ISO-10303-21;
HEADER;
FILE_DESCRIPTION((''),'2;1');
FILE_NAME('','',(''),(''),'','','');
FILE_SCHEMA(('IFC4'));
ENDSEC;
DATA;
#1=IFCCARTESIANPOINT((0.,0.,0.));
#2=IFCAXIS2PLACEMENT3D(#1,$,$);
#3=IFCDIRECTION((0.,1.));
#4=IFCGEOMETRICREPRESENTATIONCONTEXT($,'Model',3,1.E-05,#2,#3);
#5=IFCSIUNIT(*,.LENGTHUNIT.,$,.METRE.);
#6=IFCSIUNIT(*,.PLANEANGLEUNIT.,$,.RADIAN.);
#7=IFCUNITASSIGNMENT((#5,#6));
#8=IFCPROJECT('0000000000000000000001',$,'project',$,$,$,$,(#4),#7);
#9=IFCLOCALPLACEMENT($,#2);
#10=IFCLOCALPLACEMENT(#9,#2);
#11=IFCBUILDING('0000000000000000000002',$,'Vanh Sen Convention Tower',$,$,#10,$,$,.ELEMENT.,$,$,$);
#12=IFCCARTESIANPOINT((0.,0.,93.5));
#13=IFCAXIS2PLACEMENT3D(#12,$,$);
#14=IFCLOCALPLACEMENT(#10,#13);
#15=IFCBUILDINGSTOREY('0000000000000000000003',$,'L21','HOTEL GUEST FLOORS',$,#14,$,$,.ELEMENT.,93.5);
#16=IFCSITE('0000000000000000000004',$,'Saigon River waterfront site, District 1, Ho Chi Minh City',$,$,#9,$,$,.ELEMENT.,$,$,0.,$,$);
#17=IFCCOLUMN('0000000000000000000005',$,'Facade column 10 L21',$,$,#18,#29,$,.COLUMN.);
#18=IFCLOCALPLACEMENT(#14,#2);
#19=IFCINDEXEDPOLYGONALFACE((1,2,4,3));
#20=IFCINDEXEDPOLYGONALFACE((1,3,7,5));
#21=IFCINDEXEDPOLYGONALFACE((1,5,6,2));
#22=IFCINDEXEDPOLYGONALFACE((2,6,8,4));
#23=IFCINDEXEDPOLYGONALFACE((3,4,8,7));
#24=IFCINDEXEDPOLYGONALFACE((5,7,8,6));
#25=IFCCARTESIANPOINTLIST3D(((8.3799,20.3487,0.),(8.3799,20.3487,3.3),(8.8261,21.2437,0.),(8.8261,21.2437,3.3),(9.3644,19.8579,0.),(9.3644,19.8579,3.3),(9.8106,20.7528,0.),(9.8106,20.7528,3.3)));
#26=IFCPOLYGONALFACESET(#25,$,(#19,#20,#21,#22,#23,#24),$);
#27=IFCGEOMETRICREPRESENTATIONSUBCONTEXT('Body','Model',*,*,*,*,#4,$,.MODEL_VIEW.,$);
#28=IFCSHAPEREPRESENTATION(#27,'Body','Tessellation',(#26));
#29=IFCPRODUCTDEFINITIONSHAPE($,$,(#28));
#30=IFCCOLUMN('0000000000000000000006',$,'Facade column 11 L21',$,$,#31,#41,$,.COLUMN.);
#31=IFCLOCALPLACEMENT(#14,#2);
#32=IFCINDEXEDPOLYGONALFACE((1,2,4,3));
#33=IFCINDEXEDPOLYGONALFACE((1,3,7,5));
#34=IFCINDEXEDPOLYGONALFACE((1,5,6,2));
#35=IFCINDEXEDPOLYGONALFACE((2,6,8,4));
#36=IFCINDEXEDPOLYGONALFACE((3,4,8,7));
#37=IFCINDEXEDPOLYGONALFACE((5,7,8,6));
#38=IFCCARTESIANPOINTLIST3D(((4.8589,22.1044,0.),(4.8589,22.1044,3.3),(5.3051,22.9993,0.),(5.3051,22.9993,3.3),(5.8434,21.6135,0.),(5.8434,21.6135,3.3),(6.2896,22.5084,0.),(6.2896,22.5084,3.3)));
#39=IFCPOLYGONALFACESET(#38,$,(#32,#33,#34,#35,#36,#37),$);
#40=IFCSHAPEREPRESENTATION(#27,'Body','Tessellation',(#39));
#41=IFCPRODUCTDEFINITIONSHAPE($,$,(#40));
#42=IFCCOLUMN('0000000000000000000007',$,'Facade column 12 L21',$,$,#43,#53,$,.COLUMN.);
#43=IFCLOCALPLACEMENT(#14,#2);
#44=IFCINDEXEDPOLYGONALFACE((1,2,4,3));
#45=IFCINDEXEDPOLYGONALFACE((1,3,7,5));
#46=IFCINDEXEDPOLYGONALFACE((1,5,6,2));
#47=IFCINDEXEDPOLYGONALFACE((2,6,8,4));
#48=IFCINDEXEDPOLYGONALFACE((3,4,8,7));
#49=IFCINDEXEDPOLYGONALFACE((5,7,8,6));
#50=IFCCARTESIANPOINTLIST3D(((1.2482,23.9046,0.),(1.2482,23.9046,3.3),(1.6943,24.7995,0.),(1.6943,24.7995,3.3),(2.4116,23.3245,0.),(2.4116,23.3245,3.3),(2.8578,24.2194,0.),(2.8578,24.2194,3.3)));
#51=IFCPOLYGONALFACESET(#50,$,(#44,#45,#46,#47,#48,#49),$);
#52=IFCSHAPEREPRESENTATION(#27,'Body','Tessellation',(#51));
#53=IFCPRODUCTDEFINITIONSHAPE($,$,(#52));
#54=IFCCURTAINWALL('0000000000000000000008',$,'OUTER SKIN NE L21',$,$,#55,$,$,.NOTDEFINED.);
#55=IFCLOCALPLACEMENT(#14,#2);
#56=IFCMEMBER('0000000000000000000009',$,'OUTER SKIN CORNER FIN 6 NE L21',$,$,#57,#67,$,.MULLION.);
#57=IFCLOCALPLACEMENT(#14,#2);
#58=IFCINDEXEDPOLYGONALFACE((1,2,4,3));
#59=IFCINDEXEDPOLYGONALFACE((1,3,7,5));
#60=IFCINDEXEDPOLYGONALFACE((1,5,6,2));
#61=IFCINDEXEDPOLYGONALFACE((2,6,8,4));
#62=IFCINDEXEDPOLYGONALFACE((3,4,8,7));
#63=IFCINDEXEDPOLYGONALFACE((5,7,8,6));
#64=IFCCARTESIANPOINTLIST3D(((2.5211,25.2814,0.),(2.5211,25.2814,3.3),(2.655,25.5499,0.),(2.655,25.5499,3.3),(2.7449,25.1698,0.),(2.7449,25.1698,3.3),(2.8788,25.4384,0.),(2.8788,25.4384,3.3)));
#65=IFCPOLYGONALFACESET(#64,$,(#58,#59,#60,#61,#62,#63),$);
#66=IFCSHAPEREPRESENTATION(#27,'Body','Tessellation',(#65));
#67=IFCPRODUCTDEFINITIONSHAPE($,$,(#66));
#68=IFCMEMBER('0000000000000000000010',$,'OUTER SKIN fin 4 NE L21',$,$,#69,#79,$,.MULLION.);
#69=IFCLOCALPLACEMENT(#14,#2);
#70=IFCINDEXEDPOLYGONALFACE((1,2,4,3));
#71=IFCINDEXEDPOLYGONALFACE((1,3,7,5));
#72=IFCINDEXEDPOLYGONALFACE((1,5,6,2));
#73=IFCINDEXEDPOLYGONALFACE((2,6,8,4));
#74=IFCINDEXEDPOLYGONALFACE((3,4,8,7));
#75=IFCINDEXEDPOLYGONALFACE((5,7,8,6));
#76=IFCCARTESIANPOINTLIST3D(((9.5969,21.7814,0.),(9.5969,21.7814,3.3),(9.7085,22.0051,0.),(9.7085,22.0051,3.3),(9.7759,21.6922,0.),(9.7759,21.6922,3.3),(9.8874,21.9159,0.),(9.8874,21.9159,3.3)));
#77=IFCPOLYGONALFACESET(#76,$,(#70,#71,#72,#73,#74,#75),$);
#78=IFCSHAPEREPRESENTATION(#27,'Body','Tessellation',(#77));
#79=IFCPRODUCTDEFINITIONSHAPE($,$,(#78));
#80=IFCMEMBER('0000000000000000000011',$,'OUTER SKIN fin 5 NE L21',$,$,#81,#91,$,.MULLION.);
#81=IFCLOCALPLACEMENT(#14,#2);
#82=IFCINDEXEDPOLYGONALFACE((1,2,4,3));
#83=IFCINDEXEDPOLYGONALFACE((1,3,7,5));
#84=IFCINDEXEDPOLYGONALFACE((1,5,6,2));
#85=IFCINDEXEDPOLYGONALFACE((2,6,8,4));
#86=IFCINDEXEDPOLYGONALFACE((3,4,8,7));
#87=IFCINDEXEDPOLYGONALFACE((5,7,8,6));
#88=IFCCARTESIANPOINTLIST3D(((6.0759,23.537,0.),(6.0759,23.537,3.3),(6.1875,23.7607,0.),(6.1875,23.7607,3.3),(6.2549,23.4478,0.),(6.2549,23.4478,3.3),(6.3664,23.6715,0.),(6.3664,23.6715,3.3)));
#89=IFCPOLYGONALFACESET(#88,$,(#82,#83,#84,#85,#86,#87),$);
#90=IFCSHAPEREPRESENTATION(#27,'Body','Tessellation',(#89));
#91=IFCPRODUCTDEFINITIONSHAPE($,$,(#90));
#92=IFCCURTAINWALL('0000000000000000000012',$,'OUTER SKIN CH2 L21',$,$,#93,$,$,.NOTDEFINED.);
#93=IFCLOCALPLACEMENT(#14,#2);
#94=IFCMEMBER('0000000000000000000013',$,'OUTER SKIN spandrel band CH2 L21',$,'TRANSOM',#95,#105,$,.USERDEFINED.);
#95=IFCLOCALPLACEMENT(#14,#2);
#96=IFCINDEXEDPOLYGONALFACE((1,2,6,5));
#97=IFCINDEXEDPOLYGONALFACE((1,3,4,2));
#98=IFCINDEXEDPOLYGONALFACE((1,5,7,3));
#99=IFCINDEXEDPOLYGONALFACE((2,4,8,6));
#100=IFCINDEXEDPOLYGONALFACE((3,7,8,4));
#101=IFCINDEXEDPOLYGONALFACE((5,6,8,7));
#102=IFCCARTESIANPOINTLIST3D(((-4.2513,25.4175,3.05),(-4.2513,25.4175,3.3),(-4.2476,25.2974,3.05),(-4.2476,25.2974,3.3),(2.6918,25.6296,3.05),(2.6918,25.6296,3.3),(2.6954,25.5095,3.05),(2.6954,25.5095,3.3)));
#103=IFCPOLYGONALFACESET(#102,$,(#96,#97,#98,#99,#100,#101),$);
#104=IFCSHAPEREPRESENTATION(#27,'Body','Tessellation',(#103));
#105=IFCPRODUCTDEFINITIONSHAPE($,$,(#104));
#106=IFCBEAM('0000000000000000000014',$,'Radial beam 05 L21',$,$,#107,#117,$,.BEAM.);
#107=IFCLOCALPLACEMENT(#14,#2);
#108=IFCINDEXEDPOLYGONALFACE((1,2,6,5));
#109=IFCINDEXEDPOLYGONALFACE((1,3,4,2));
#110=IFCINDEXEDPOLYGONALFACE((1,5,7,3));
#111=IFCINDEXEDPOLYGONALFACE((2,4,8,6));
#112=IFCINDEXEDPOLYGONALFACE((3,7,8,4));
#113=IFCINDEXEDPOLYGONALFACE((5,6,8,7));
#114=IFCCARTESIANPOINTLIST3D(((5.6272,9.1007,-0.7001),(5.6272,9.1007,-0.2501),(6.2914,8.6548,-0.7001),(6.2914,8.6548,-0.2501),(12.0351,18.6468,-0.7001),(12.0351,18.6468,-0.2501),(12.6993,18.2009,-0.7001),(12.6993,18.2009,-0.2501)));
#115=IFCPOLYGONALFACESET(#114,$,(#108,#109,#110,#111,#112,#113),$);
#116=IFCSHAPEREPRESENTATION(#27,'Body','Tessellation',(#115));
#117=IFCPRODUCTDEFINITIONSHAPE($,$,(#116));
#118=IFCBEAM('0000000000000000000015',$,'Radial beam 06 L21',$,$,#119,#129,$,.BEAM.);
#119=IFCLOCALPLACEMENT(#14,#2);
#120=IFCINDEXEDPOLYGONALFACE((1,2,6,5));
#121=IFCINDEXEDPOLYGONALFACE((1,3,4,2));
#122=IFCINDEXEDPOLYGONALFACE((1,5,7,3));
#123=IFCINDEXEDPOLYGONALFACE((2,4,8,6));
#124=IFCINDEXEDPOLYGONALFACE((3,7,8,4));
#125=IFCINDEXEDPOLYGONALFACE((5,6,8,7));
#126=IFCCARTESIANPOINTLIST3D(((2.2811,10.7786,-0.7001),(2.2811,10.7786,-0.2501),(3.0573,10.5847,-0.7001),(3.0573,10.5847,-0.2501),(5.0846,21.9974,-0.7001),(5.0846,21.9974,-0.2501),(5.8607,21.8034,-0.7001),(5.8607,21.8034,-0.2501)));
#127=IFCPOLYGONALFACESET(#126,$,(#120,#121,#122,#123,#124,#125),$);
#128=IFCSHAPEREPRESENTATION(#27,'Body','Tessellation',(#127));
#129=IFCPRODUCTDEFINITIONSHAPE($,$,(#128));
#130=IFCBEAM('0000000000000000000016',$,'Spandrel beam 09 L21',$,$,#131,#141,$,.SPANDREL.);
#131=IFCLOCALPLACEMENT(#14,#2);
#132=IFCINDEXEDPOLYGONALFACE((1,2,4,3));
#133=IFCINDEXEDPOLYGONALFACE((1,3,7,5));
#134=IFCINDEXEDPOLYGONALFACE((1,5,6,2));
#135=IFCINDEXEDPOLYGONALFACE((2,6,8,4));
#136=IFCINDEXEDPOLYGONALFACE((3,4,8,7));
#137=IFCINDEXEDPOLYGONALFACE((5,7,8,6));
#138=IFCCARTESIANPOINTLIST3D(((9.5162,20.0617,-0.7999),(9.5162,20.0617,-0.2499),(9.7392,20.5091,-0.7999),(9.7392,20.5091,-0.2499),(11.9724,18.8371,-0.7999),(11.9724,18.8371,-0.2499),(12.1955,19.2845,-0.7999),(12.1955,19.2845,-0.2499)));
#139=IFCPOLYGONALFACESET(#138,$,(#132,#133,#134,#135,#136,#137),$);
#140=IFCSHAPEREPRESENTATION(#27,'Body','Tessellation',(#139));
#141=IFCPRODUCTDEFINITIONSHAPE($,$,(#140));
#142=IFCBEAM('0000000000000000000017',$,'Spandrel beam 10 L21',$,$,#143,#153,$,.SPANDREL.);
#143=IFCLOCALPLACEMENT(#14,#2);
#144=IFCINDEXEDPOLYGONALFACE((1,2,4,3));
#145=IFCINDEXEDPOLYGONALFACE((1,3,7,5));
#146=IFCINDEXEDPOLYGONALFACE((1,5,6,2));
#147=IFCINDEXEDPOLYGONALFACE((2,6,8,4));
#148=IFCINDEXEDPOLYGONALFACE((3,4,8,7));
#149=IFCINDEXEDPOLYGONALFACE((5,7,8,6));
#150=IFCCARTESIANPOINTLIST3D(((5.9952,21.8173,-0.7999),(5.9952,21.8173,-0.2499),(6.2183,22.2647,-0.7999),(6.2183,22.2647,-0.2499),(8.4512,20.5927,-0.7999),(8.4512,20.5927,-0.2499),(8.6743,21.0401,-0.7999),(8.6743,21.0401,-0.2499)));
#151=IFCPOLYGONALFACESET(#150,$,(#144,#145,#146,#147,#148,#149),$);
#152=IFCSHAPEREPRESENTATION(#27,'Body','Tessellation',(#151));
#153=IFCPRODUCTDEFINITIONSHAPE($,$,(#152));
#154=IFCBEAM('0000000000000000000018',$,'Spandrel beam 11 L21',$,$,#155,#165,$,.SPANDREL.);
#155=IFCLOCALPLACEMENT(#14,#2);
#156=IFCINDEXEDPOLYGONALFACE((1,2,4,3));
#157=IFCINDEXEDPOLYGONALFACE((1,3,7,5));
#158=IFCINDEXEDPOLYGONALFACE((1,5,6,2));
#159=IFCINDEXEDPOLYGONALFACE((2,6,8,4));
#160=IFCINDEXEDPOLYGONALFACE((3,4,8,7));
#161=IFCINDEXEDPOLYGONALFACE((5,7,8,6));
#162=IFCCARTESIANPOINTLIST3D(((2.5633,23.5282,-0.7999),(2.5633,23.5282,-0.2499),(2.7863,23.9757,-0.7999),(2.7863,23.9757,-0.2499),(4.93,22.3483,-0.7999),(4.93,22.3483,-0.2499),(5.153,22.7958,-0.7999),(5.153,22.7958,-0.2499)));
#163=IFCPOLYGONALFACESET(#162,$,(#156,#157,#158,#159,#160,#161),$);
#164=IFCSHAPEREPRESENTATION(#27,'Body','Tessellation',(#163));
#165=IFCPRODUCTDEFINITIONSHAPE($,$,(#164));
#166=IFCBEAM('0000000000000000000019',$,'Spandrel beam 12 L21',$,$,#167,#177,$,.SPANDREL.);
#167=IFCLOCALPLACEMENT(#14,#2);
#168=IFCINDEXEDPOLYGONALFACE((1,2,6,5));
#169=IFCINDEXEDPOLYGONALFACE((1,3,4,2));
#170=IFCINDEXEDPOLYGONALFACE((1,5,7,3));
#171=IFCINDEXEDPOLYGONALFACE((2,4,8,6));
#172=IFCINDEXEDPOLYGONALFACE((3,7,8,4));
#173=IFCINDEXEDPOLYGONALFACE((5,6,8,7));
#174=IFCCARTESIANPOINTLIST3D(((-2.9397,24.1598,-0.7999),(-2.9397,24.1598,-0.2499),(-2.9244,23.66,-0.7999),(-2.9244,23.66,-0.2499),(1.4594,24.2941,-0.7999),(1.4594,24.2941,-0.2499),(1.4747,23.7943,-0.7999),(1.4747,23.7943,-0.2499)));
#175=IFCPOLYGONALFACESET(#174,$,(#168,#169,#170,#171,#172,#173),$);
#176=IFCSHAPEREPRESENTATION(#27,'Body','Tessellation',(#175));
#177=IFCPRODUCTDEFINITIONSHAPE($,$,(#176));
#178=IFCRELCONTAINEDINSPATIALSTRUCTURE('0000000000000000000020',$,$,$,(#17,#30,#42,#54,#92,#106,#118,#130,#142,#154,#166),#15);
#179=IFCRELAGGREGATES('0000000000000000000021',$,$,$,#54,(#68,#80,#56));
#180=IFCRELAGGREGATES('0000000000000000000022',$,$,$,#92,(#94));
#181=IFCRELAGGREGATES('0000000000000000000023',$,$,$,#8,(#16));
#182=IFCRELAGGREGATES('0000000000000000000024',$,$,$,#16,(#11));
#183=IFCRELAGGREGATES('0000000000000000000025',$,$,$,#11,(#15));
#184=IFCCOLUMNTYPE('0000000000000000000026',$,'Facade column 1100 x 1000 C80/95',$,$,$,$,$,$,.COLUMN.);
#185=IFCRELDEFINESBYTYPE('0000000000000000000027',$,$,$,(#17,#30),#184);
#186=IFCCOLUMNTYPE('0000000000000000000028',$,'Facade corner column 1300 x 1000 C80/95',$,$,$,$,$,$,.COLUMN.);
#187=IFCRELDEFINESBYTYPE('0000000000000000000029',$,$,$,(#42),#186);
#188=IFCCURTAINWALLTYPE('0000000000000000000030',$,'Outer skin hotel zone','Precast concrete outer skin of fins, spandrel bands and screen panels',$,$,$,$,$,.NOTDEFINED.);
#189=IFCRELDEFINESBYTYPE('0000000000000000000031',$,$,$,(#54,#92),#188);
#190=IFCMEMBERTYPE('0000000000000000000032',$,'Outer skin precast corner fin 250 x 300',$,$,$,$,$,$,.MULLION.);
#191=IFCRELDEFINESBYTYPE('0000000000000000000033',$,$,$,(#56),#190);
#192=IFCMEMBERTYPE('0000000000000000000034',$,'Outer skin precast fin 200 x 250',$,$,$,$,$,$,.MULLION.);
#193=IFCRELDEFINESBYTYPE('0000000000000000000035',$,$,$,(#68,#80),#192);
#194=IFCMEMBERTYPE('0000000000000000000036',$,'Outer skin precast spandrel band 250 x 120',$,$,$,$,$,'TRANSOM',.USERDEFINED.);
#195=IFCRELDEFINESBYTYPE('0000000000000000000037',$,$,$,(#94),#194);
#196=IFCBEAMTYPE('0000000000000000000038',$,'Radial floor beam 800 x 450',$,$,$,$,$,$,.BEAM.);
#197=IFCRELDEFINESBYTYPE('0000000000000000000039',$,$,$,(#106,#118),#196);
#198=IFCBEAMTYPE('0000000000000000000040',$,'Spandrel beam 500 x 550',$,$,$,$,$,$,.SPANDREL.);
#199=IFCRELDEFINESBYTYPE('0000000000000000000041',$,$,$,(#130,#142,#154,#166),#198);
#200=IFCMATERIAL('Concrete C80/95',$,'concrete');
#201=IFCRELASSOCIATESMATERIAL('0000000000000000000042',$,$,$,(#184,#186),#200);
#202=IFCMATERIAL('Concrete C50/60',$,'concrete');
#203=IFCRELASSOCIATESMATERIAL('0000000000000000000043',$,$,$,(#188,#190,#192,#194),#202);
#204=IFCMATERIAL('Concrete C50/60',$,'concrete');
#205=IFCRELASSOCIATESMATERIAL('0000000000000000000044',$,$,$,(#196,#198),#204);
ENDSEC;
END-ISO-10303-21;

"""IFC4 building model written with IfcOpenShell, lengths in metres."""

from ifc_helpers import new_model, si_unit, direction, frame, origin, origin_2d, place, context, subcontext, project, spatial, rectangle, extrude, material, material_profile, profile_set, type_object, element, aggregate, save


model = new_model("IFC4")

# Units and contexts
model_context = context("Model", 3, precision=1e-05, world=origin(), true_north=direction((0.0, 1.0)))
body_context = subcontext(model_context, "Body", "Model", "MODEL_VIEW")
ifc_project = project(units=[si_unit("LENGTHUNIT", "METRE"), si_unit("PLANEANGLEUNIT", "RADIAN")], contexts=[model_context])

# Site, building, storey
site_placement = place(None, origin())
site = spatial("IfcSite", under=ifc_project, at=site_placement, Name="Saigon River waterfront site, District 1, Ho Chi Minh City", CompositionType="ELEMENT", RefElevation=0.0)
building_placement = place(site_placement, origin())
building = spatial("IfcBuilding", under=site, at=building_placement, Name="Vanh Sen Convention Tower", CompositionType="ELEMENT")
storey_placement = place(building_placement, frame((0.0, 0.0, 93.5)))
storey = spatial("IfcBuildingStorey", under=building, at=storey_placement, Name="L21", Description="HOTEL GUEST FLOORS", CompositionType="ELEMENT", Elevation=93.5)

# Columns
ifc_material_1 = material(Name="Concrete C80/95", Category="concrete")
ifc_material_profile_1 = material_profile(ifc_material_1, rectangle(XDim=1.1001, YDim=1.0, at=origin_2d()), Name="RC 1100X1000")
ifc_profile_set_1 = profile_set([ifc_material_profile_1], Name="Concrete C80/95")
column_type_1 = type_object("IfcColumnType", Name="Facade column 1100 x 1000 C80/95", PredefinedType="COLUMN", material=ifc_profile_set_1)
for number, where, z_axis, x_axis, name in (
    (1, (9.0952, 20.5508, 0.0), (0.0, 0.0, 1.0), (-0.894934, 0.446198, 0.0), "Facade column 10 L21"),
    (2, (5.5742, 22.3064, 0.0), (0.0, 0.0, 1.0), (-0.894934, 0.446198, 0.0), "Facade column 11 L21"),
):
    element("IfcColumn", number, at=place(storey_placement, frame(where, z_axis=z_axis, x_axis=x_axis)), inside=storey, type_object=column_type_1, Name=name, PredefinedType="COLUMN", context=body_context, shape_type="SweptSolid", body=[
        extrude(rectangle(XDim=1.1001, YDim=1.0, at=origin_2d()), origin(), (0.0, 0.0, 1.0), 3.3),
    ])
ifc_material_profile_2 = material_profile(ifc_material_1, rectangle(XDim=1.3, YDim=1.0, at=origin_2d()), Name="RC 1300X1000")
ifc_profile_set_2 = profile_set([ifc_material_profile_2], Name="Concrete C80/95")
column_type_2 = type_object("IfcColumnType", Name="Facade corner column 1300 x 1000 C80/95", PredefinedType="COLUMN", material=ifc_profile_set_2)
column_placement = place(storey_placement, frame((2.053, 24.062, 0.0), z_axis=(0.0, 0.0, 1.0), x_axis=(-0.894934, 0.446198, 0.0)))
element("IfcColumn", 3, at=column_placement, inside=storey, type_object=column_type_2, Name="Facade column 12 L21", PredefinedType="COLUMN", context=body_context, shape_type="SweptSolid", body=[
    extrude(rectangle(XDim=1.3, YDim=1.0, at=origin_2d()), origin(), (0.0, 0.0, 1.0), 3.3),
])

# Curtain wall, members
ifc_material_2 = material(Name="Concrete C50/60", Category="concrete")
curtain_wall_type = type_object("IfcCurtainWallType", Name="Outer skin hotel zone", Description="Precast concrete outer skin of fins, spandrel bands and screen panels", PredefinedType="NOTDEFINED", material=ifc_material_2)
curtain_wall_1_placement = place(storey_placement, origin())
curtain_wall_1 = element("IfcCurtainWall", 4, at=curtain_wall_1_placement, inside=storey, type_object=curtain_wall_type, Name="OUTER SKIN NE L21", PredefinedType="NOTDEFINED")
ifc_material_profile_3 = material_profile(ifc_material_2, rectangle(XDim=0.25, YDim=0.3, at=origin_2d()), Name="Outer skin precast corner fin 250 x 300")
ifc_profile_set_3 = profile_set([ifc_material_profile_3], Name="Concrete C50/60")
member_type_1 = type_object("IfcMemberType", Name="Outer skin precast corner fin 250 x 300", PredefinedType="MULLION", material=ifc_profile_set_3)
member_1_placement = place(storey_placement, frame((2.7, 25.3599, 0.0), z_axis=(0.0, 0.0, 1.0), x_axis=(-0.894934, 0.446198, 0.0)))
member_1 = element("IfcMember", 5, at=member_1_placement, type_object=member_type_1, Name="OUTER SKIN CORNER FIN 6 NE L21", PredefinedType="MULLION", context=body_context, shape_type="SweptSolid", body=[
    extrude(rectangle(XDim=0.25, YDim=0.3, at=origin_2d()), origin(), (0.0, 0.0, 1.0), 3.3),
])
ifc_material_profile_4 = material_profile(ifc_material_2, rectangle(XDim=0.2, YDim=0.25, at=origin_2d()), Name="Outer skin precast fin 200 x 250")
ifc_profile_set_4 = profile_set([ifc_material_profile_4], Name="Concrete C50/60")
member_type_2 = type_object("IfcMemberType", Name="Outer skin precast fin 200 x 250", PredefinedType="MULLION", material=ifc_profile_set_4)
member_2_placement = place(storey_placement, frame((9.7422, 21.8486, 0.0), z_axis=(0.0, 0.0, 1.0), x_axis=(-0.894934, 0.446198, 0.0)))
member_2 = element("IfcMember", 6, at=member_2_placement, type_object=member_type_2, Name="OUTER SKIN fin 4 NE L21", PredefinedType="MULLION", context=body_context, shape_type="SweptSolid", body=[
    extrude(rectangle(XDim=0.2, YDim=0.25, at=origin_2d()), origin(), (0.0, 0.0, 1.0), 3.3),
])
member_3_placement = place(storey_placement, frame((6.2212, 23.6042, 0.0), z_axis=(0.0, 0.0, 1.0), x_axis=(-0.894934, 0.446198, 0.0)))
member_3 = element("IfcMember", 7, at=member_3_placement, type_object=member_type_2, Name="OUTER SKIN fin 5 NE L21", PredefinedType="MULLION", context=body_context, shape_type="SweptSolid", body=[
    extrude(rectangle(XDim=0.2, YDim=0.25, at=origin_2d()), origin(), (0.0, 0.0, 1.0), 3.3),
])

# Curtain wall, member
curtain_wall_2_placement = place(storey_placement, origin())
curtain_wall_2 = element("IfcCurtainWall", 8, at=curtain_wall_2_placement, inside=storey, type_object=curtain_wall_type, Name="OUTER SKIN CH2 L21", PredefinedType="NOTDEFINED")
ifc_material_profile_5 = material_profile(ifc_material_2, rectangle(XDim=0.1201, YDim=0.25, at=origin_2d()), Name="Outer skin precast spandrel band 250 x 120")
ifc_profile_set_5 = profile_set([ifc_material_profile_5], Name="Concrete C50/60")
member_type_3 = type_object("IfcMemberType", Name="Outer skin precast spandrel band 250 x 120", ElementType="TRANSOM", PredefinedType="USERDEFINED", material=ifc_profile_set_5)
member_4_placement = place(storey_placement, frame((2.6936, 25.5696, 3.175), z_axis=(-0.999533, -0.030542, 0.0), x_axis=(0.030542, -0.999533, 0.0)))
member_4 = element("IfcMember", 9, at=member_4_placement, type_object=member_type_3, Name="OUTER SKIN spandrel band CH2 L21", ObjectType="TRANSOM", PredefinedType="USERDEFINED", context=body_context, shape_type="SweptSolid", body=[
    extrude(rectangle(XDim=0.1201, YDim=0.25, at=origin_2d()), origin(), (0.0, 0.0, 1.0), 6.9463),
])

# Beams
ifc_material_3 = material(Name="Concrete C50/60", Category="concrete")
ifc_material_profile_6 = material_profile(ifc_material_3, rectangle(XDim=0.8, YDim=0.45, at=origin_2d()), Name="RC 800X450")
ifc_profile_set_6 = profile_set([ifc_material_profile_6], Name="Concrete C50/60")
beam_type_1 = type_object("IfcBeamType", Name="Radial floor beam 800 x 450", PredefinedType="BEAM", material=ifc_profile_set_6)
beam_1_placement = place(storey_placement, frame((12.3672, 18.4238, -0.4751), z_axis=(-0.557339, -0.830285, 0.0), x_axis=(0.830285, -0.557339, 0.0)))
element("IfcBeam", 10, at=beam_1_placement, inside=storey, type_object=beam_type_1, Name="Radial beam 05 L21", PredefinedType="BEAM", context=body_context, shape_type="SweptSolid", body=[
    extrude(rectangle(XDim=0.8, YDim=0.45, at=origin_2d()), origin(), (0.0, 0.0, 1.0), 11.4973),
])
beam_2_placement = place(storey_placement, frame((5.4727, 21.9004, -0.4751), z_axis=(-0.242436, -0.970167, 0.0), x_axis=(0.970167, -0.242436, 0.0)))
element("IfcBeam", 11, at=beam_2_placement, inside=storey, type_object=beam_type_1, Name="Radial beam 06 L21", PredefinedType="BEAM", context=body_context, shape_type="SweptSolid", body=[
    extrude(rectangle(XDim=0.8, YDim=0.45, at=origin_2d()), origin(), (0.0, 0.0, 1.0), 11.5637),
])
ifc_material_profile_7 = material_profile(ifc_material_3, rectangle(XDim=0.5, YDim=0.55, at=origin_2d()), Name="RC 500X550")
ifc_profile_set_7 = profile_set([ifc_material_profile_7], Name="Concrete C50/60")
beam_type_2 = type_object("IfcBeamType", Name="Spandrel beam 500 x 550", PredefinedType="SPANDREL", material=ifc_profile_set_7)
beam_3_placement = place(storey_placement, frame((12.084, 19.0608, -0.5249), z_axis=(-0.894943, 0.446181, 0.0), x_axis=(-0.446181, -0.894943, 0.0)))
element("IfcBeam", 12, at=beam_3_placement, inside=storey, type_object=beam_type_2, Name="Spandrel beam 09 L21", PredefinedType="SPANDREL", context=body_context, shape_type="SweptSolid", body=[
    extrude(rectangle(XDim=0.5, YDim=0.55, at=origin_2d()), origin(), (0.0, 0.0, 1.0), 2.7446),
])
beam_4_placement = place(storey_placement, frame((8.5627, 20.8164, -0.5249), z_axis=(-0.894925, 0.446217, 0.0), x_axis=(-0.446217, -0.894925, 0.0)))
element("IfcBeam", 13, at=beam_4_placement, inside=storey, type_object=beam_type_2, Name="Spandrel beam 10 L21", PredefinedType="SPANDREL", context=body_context, shape_type="SweptSolid", body=[
    extrude(rectangle(XDim=0.5, YDim=0.55, at=origin_2d()), origin(), (0.0, 0.0, 1.0), 2.7444),
])
beam_5_placement = place(storey_placement, frame((5.0415, 22.572, -0.5249), z_axis=(-0.894944, 0.446179, 0.0), x_axis=(-0.446179, -0.894944, 0.0)))
element("IfcBeam", 14, at=beam_5_placement, inside=storey, type_object=beam_type_2, Name="Spandrel beam 11 L21", PredefinedType="SPANDREL", context=body_context, shape_type="SweptSolid", body=[
    extrude(rectangle(XDim=0.5, YDim=0.55, at=origin_2d()), origin(), (0.0, 0.0, 1.0), 2.6445),
])
beam_6_placement = place(storey_placement, frame((1.467, 24.0442, -0.5249), z_axis=(-0.999534, -0.030509, 0.0), x_axis=(0.030509, -0.999534, 0.0)))
element("IfcBeam", 15, at=beam_6_placement, inside=storey, type_object=beam_type_2, Name="Spandrel beam 12 L21", PredefinedType="SPANDREL", context=body_context, shape_type="SweptSolid", body=[
    extrude(rectangle(XDim=0.5, YDim=0.55, at=origin_2d()), origin(), (0.0, 0.0, 1.0), 4.4011),
])

aggregate(curtain_wall_1, [member_2, member_3, member_1])
aggregate(curtain_wall_2, [member_4])

save(model, "model.ifc")
